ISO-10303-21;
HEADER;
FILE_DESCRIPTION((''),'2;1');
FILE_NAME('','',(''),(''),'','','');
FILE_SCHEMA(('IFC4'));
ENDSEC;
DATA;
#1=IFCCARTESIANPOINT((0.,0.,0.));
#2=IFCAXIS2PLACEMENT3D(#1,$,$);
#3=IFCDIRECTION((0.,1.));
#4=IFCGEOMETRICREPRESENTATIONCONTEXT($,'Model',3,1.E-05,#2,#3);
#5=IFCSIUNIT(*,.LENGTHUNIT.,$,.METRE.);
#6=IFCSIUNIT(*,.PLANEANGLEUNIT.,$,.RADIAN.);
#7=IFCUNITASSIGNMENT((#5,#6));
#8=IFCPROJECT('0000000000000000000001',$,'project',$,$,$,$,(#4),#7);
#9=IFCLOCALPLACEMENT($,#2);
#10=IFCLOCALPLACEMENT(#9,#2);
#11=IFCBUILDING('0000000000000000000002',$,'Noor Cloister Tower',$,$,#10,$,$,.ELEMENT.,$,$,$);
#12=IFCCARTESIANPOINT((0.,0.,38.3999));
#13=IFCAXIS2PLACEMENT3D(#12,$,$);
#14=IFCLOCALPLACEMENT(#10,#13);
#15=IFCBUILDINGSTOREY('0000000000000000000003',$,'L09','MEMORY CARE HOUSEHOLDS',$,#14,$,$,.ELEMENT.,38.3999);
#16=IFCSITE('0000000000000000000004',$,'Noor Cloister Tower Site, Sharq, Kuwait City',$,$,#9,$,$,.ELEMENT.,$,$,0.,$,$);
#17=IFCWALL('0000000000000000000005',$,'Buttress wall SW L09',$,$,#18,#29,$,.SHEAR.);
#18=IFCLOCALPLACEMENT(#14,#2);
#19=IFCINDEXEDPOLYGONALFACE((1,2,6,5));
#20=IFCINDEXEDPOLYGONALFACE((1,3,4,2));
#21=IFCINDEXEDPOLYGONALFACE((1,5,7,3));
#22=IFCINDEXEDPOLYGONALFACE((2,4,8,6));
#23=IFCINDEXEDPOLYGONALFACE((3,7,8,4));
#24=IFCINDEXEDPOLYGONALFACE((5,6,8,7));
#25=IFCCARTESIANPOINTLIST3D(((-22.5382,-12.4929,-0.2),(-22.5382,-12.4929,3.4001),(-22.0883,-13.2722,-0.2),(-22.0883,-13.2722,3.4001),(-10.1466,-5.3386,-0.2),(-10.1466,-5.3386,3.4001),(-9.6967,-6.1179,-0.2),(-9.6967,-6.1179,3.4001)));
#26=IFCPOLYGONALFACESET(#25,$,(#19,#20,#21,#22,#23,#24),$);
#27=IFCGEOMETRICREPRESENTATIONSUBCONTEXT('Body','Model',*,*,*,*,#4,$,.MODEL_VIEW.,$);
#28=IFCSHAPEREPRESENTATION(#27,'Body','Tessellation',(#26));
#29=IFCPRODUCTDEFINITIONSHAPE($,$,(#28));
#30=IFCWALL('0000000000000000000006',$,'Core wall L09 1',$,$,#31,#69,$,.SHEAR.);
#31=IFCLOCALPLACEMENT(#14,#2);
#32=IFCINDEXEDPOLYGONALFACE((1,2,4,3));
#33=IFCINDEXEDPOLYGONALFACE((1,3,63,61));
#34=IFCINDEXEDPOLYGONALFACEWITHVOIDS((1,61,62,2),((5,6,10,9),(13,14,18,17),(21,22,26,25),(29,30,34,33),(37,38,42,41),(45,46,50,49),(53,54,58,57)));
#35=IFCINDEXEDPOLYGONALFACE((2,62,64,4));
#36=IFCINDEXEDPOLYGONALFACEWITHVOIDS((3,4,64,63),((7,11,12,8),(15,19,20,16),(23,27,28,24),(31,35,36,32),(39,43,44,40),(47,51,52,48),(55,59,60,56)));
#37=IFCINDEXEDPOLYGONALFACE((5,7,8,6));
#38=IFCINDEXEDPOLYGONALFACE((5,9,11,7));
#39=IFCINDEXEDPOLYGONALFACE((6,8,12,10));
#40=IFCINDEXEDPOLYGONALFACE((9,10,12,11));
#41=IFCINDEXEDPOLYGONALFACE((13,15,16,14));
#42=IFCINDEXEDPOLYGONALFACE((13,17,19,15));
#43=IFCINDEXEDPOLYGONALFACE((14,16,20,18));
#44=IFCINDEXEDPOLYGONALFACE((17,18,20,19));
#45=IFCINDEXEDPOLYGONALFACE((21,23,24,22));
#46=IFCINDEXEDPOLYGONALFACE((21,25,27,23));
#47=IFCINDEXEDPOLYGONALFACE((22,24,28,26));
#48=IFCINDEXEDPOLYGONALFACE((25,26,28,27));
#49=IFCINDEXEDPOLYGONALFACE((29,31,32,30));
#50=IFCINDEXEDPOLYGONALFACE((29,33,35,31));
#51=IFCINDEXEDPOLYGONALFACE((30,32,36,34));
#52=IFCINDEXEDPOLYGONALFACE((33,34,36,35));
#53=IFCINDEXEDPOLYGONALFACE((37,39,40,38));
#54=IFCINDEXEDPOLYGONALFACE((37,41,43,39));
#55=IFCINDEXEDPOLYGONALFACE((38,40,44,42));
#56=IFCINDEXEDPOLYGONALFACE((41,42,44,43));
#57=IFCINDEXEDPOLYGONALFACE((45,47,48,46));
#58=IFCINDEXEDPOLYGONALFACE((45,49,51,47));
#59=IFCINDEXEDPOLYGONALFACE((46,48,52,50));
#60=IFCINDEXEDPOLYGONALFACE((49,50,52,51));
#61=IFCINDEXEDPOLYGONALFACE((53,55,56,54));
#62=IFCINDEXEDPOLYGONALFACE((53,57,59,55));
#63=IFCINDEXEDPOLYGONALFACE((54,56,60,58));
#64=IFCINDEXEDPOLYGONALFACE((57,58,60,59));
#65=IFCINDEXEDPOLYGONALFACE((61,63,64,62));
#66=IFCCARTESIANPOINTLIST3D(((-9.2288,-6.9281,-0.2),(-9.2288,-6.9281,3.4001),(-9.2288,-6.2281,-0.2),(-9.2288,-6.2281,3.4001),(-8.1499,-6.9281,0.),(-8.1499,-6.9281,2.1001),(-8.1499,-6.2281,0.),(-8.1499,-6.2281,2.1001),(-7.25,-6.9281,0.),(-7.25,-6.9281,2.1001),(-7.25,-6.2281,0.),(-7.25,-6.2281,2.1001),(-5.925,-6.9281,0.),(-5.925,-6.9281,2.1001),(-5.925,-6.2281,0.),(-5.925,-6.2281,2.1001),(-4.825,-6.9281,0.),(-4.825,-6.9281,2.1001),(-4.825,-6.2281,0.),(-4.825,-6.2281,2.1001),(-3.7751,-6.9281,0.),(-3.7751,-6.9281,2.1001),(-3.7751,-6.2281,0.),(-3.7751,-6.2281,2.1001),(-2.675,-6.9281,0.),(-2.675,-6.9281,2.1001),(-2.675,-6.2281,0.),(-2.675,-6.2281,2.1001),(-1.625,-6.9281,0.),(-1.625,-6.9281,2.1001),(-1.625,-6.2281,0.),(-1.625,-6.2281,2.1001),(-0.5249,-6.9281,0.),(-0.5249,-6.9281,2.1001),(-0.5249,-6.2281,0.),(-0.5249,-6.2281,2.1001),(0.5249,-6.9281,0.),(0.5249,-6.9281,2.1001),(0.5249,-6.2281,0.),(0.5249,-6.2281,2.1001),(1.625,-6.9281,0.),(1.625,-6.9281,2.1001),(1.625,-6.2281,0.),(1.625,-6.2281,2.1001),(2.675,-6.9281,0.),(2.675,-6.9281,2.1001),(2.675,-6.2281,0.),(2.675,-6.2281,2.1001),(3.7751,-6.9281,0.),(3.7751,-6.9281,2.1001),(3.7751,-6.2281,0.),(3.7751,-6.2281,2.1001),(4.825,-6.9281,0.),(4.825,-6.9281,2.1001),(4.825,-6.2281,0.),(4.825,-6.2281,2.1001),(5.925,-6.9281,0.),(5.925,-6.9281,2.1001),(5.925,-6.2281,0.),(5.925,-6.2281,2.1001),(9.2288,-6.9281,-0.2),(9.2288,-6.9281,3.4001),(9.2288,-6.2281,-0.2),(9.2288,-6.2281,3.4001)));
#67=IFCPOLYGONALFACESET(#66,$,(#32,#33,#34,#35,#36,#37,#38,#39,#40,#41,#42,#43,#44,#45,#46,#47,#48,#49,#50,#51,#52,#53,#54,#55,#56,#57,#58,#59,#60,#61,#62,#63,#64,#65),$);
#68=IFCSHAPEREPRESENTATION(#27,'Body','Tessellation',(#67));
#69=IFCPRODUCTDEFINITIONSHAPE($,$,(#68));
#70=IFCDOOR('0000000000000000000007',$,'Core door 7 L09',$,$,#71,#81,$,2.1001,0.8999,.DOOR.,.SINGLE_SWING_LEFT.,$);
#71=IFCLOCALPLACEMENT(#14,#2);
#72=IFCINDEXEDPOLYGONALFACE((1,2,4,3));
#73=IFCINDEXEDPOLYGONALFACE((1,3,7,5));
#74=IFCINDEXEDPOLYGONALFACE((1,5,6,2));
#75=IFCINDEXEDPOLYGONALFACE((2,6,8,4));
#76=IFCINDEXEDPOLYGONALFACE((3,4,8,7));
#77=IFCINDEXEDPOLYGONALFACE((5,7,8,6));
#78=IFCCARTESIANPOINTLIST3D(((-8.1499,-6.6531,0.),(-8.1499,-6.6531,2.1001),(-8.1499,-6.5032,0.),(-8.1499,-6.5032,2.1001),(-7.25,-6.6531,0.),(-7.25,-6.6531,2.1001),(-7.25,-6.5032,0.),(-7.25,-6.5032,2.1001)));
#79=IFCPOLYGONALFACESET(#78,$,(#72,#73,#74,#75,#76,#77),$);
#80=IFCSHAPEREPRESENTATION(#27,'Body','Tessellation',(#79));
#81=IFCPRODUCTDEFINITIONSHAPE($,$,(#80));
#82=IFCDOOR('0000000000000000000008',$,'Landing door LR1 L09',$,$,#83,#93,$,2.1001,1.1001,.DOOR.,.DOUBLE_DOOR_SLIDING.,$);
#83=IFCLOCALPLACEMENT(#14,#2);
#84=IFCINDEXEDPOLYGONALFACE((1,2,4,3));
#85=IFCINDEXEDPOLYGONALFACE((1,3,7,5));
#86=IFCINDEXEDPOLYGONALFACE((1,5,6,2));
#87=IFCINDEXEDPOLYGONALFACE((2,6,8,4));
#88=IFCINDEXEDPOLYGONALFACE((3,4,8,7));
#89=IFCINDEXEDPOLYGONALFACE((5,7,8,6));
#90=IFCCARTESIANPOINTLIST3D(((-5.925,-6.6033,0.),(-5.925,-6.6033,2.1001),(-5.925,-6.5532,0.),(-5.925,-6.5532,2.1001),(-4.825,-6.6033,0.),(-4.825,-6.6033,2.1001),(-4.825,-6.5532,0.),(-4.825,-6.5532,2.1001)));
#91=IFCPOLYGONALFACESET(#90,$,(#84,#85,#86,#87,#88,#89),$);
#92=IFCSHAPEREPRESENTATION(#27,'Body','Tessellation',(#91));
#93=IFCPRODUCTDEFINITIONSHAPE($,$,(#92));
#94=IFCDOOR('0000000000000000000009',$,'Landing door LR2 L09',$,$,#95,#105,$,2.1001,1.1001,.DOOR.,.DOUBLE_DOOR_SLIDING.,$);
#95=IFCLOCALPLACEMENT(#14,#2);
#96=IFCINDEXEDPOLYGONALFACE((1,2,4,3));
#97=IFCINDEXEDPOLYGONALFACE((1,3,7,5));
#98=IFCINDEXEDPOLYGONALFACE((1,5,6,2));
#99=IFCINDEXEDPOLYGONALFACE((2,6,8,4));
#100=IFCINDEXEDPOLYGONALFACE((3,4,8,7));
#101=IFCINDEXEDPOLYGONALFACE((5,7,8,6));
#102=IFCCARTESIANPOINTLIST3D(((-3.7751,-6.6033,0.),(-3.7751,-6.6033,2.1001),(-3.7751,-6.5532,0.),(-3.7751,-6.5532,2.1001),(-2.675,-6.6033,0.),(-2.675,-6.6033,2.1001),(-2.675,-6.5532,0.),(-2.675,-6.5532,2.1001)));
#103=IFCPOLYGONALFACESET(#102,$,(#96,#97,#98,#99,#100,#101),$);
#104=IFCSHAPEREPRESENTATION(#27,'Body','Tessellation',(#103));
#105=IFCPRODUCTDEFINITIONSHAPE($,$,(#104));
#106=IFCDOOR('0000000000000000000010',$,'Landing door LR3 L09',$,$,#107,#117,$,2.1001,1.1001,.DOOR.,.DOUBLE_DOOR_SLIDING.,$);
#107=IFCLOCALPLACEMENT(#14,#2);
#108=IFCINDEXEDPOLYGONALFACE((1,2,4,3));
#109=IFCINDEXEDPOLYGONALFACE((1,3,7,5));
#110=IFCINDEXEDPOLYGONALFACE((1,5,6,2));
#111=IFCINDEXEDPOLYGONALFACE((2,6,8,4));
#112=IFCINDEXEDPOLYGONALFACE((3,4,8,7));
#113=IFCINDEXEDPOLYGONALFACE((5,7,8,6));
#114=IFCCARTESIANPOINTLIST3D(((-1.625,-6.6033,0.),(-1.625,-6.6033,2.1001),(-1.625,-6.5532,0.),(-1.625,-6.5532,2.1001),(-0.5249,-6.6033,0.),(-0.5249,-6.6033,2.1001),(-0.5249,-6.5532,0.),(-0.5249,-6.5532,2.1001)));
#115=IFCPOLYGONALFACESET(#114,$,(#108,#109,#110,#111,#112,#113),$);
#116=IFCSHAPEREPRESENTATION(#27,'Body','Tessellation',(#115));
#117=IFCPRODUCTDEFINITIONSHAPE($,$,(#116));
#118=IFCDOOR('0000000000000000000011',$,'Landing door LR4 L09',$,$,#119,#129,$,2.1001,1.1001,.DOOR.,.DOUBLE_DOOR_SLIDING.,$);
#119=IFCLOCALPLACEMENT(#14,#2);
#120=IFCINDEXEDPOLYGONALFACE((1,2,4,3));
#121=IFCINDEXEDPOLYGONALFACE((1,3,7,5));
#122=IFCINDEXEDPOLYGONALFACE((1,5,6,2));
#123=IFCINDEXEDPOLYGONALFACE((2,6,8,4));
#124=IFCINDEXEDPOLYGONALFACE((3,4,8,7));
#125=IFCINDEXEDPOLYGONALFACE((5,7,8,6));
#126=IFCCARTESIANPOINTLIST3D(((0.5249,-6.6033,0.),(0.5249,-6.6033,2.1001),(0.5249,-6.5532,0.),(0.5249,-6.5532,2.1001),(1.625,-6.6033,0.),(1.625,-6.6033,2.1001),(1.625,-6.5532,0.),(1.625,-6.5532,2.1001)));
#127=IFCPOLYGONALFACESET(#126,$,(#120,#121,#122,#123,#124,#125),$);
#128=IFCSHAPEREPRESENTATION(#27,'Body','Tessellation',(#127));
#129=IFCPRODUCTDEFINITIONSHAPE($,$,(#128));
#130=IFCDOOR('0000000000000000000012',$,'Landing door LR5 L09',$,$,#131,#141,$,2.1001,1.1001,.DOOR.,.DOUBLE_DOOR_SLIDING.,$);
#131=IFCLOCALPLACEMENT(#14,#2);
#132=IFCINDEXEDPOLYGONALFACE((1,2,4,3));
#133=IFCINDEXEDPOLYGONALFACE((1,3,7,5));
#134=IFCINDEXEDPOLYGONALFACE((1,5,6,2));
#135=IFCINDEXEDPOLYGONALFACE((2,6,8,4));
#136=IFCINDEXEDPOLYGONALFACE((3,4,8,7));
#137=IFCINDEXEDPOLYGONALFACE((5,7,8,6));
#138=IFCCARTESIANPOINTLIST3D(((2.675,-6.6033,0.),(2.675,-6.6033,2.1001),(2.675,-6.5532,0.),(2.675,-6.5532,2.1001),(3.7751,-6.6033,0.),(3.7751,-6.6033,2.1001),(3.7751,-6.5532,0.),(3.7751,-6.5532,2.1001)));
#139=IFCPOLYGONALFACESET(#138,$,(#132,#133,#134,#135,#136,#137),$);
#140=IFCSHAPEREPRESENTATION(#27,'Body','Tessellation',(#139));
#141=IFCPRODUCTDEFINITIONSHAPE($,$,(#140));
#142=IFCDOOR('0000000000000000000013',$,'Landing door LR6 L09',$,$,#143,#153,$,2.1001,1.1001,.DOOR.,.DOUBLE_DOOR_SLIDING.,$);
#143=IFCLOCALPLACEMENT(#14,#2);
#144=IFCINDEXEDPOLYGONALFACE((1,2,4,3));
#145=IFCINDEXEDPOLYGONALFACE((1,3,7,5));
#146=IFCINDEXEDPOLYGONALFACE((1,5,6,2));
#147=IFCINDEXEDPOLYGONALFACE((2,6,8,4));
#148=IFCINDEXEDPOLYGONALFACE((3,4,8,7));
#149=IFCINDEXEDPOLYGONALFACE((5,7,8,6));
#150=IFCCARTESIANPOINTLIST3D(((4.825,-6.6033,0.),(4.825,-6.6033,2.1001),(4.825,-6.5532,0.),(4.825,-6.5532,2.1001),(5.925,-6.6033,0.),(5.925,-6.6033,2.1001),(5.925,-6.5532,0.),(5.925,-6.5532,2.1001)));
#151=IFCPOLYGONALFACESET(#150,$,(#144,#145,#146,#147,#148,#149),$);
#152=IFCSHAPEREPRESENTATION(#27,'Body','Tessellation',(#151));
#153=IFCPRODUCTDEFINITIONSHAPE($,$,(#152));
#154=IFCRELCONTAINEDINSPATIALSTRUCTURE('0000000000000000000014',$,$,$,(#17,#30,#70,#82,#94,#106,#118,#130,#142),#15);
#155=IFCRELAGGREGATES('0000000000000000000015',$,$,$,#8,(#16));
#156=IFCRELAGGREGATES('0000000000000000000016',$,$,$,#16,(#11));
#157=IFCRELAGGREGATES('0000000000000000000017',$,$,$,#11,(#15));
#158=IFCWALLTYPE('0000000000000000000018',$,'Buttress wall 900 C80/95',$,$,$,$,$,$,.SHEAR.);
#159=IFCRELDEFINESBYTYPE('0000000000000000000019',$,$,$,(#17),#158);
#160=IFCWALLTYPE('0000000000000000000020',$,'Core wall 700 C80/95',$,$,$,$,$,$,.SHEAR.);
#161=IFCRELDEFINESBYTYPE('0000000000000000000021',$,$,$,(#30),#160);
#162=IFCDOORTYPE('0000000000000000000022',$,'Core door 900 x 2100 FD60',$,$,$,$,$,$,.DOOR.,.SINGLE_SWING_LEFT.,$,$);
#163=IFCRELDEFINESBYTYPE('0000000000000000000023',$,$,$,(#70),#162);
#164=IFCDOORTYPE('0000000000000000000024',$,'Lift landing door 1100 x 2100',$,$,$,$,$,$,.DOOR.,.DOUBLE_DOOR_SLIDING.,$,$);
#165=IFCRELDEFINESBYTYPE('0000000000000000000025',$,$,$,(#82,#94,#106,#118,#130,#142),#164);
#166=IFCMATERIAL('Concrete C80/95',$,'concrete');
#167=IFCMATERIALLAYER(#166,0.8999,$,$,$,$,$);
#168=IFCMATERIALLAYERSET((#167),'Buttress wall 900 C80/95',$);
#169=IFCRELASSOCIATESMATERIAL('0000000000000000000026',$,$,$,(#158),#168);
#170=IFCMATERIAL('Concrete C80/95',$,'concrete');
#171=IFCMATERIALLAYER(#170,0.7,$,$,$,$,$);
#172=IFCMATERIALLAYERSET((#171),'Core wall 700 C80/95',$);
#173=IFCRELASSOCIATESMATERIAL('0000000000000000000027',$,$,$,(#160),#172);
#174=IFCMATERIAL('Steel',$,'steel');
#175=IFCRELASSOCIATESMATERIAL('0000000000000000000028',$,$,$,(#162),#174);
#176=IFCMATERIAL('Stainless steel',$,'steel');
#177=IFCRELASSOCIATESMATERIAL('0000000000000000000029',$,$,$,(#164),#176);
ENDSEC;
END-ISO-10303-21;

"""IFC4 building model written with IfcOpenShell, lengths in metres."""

from ifc_helpers import new_model, si_unit, direction, frame, frame_2d, origin, place, context, subcontext, project, spatial, rectangle, extrude, material, layer, layer_set, type_object, element, fill, save


model = new_model("IFC4")

# Units and contexts
model_context = context("Model", 3, precision=1e-05, world=origin(), true_north=direction((0.0, 1.0)))
body_context = subcontext(model_context, "Body", "Model", "MODEL_VIEW")
ifc_project = project(units=[si_unit("LENGTHUNIT", "METRE"), si_unit("PLANEANGLEUNIT", "RADIAN")], contexts=[model_context])

# Site, building, storey
site_placement = place(None, origin())
site = spatial("IfcSite", under=ifc_project, at=site_placement, Name="Noor Cloister Tower Site, Sharq, Kuwait City", CompositionType="ELEMENT", RefElevation=0.0)
building_placement = place(site_placement, origin())
building = spatial("IfcBuilding", under=site, at=building_placement, Name="Noor Cloister Tower", CompositionType="ELEMENT")
storey_placement = place(building_placement, frame((0.0, 0.0, 38.3999)))
storey = spatial("IfcBuildingStorey", under=building, at=storey_placement, Name="L09", Description="MEMORY CARE HOUSEHOLDS", CompositionType="ELEMENT", Elevation=38.3999)

# Wall
ifc_material_1 = material(Name="Concrete C80/95", Category="concrete")
ifc_layer_1 = layer(ifc_material_1, 0.8999)
ifc_layer_set_1 = layer_set([ifc_layer_1], Name="Buttress wall 900 C80/95")
wall_type_1 = type_object("IfcWallType", Name="Buttress wall 900 C80/95", PredefinedType="SHEAR", material=ifc_layer_set_1)
wall_1_placement = place(storey_placement, frame((-9.9216, -5.7283, -0.2), z_axis=(0.0, 0.0, 1.0), x_axis=(-0.866025, -0.5, 0.0)))
element("IfcWall", 1, at=wall_1_placement, inside=storey, type_object=wall_type_1, Name="Buttress wall SW L09", PredefinedType="SHEAR", context=body_context, shape_type="SweptSolid", body=[
    extrude(rectangle(XDim=14.3086, YDim=0.8999, at=frame_2d((7.1543, 0.0))), origin(), (0.0, 0.0, 1.0), 3.6001),
])

# Wall, openings, doors
ifc_material_2 = material(Name="Concrete C80/95", Category="concrete")
ifc_layer_2 = layer(ifc_material_2, 0.7)
ifc_layer_set_2 = layer_set([ifc_layer_2], Name="Core wall 700 C80/95")
wall_type_2 = type_object("IfcWallType", Name="Core wall 700 C80/95", PredefinedType="SHEAR", material=ifc_layer_set_2)
wall_2_placement = place(storey_placement, frame((-9.2288, -6.5781, -0.2), z_axis=(0.0, 0.0, 1.0), x_axis=(1.0, 0.0, 0.0)))
wall_2 = element("IfcWall", 2, at=wall_2_placement, inside=storey, type_object=wall_type_2, Name="Core wall L09 1", PredefinedType="SHEAR", context=body_context, shape_type="SweptSolid", body=[
    extrude(rectangle(XDim=18.4575, YDim=0.7, at=frame_2d((9.2288, 0.0))), origin(), (0.0, 0.0, 1.0), 3.6001),
])
opening_1_placement = place(wall_2_placement, frame((3.3037, 0.0, 0.2)))
opening_1 = element("IfcOpeningElement", 3, at=opening_1_placement, cuts=wall_2, PredefinedType="OPENING", context=body_context, shape_type="SweptSolid", body=[
    extrude(rectangle(XDim=1.1001, YDim=2.1001, at=frame_2d((0.55, 1.05))), frame((0.0, 0.3599, 0.0), z_axis=(0.0, -1.0, 0.0), x_axis=(1.0, 0.0, 0.0)), (0.0, 0.0, 1.0), 0.72),
])
opening_2_placement = place(wall_2_placement, frame((5.4536, 0.0, 0.2)))
opening_2 = element("IfcOpeningElement", 4, at=opening_2_placement, cuts=wall_2, PredefinedType="OPENING", context=body_context, shape_type="SweptSolid", body=[
    extrude(rectangle(XDim=1.1001, YDim=2.1001, at=frame_2d((0.55, 1.05))), frame((0.0, 0.3599, 0.0), z_axis=(0.0, -1.0, 0.0), x_axis=(1.0, 0.0, 0.0)), (0.0, 0.0, 1.0), 0.72),
])
opening_3_placement = place(wall_2_placement, frame((7.6038, 0.0, 0.2)))
opening_3 = element("IfcOpeningElement", 5, at=opening_3_placement, cuts=wall_2, PredefinedType="OPENING", context=body_context, shape_type="SweptSolid", body=[
    extrude(rectangle(XDim=1.1001, YDim=2.1001, at=frame_2d((0.55, 1.05))), frame((0.0, 0.3599, 0.0), z_axis=(0.0, -1.0, 0.0), x_axis=(1.0, 0.0, 0.0)), (0.0, 0.0, 1.0), 0.72),
])
opening_4_placement = place(wall_2_placement, frame((9.7537, 0.0, 0.2)))
opening_4 = element("IfcOpeningElement", 6, at=opening_4_placement, cuts=wall_2, PredefinedType="OPENING", context=body_context, shape_type="SweptSolid", body=[
    extrude(rectangle(XDim=1.1001, YDim=2.1001, at=frame_2d((0.55, 1.05))), frame((0.0, 0.3599, 0.0), z_axis=(0.0, -1.0, 0.0), x_axis=(1.0, 0.0, 0.0)), (0.0, 0.0, 1.0), 0.72),
])
opening_5_placement = place(wall_2_placement, frame((11.9038, 0.0, 0.2)))
opening_5 = element("IfcOpeningElement", 7, at=opening_5_placement, cuts=wall_2, PredefinedType="OPENING", context=body_context, shape_type="SweptSolid", body=[
    extrude(rectangle(XDim=1.1001, YDim=2.1001, at=frame_2d((0.55, 1.05))), frame((0.0, 0.3599, 0.0), z_axis=(0.0, -1.0, 0.0), x_axis=(1.0, 0.0, 0.0)), (0.0, 0.0, 1.0), 0.72),
])
opening_6_placement = place(wall_2_placement, frame((14.0537, 0.0, 0.2)))
opening_6 = element("IfcOpeningElement", 8, at=opening_6_placement, cuts=wall_2, PredefinedType="OPENING", context=body_context, shape_type="SweptSolid", body=[
    extrude(rectangle(XDim=1.1001, YDim=2.1001, at=frame_2d((0.55, 1.05))), frame((0.0, 0.3599, 0.0), z_axis=(0.0, -1.0, 0.0), x_axis=(1.0, 0.0, 0.0)), (0.0, 0.0, 1.0), 0.72),
])
opening_7_placement = place(wall_2_placement, frame((1.0789, 0.0, 0.2)))
opening_7 = element("IfcOpeningElement", 9, at=opening_7_placement, cuts=wall_2, PredefinedType="OPENING", context=body_context, shape_type="SweptSolid", body=[
    extrude(rectangle(XDim=0.8999, YDim=2.1001, at=frame_2d((0.45, 1.05))), frame((0.0, 0.3599, 0.0), z_axis=(0.0, -1.0, 0.0), x_axis=(1.0, 0.0, 0.0)), (0.0, 0.0, 1.0), 0.72),
])
ifc_material_3 = material(Name="Steel", Category="steel")
door_type_1 = type_object("IfcDoorType", Name="Core door 900 x 2100 FD60", OperationType="SINGLE_SWING_LEFT", PredefinedType="DOOR", material=ifc_material_3)
door_1_placement = place(opening_7_placement, origin())
door_1 = element("IfcDoor", 10, at=door_1_placement, inside=storey, type_object=door_type_1, Name="Core door 7 L09", OperationType="SINGLE_SWING_LEFT", OverallHeight=2.1001, OverallWidth=0.8999, PredefinedType="DOOR", context=body_context, shape_type="SweptSolid", body=[
    extrude(rectangle(XDim=0.8999, YDim=2.1001, at=frame_2d((0.45, 1.05))), frame((0.0, 0.075, 0.0), z_axis=(0.0, -1.0, 0.0), x_axis=(1.0, 0.0, 0.0)), (0.0, 0.0, 1.0), 0.1499),
])
fill(opening_7, door_1)
ifc_material_4 = material(Name="Stainless steel", Category="steel")
door_type_2 = type_object("IfcDoorType", Name="Lift landing door 1100 x 2100", OperationType="DOUBLE_DOOR_SLIDING", PredefinedType="DOOR", material=ifc_material_4)
door_2_placement = place(opening_1_placement, origin())
door_2 = element("IfcDoor", 11, at=door_2_placement, inside=storey, type_object=door_type_2, Name="Landing door LR1 L09", OperationType="DOUBLE_DOOR_SLIDING", OverallHeight=2.1001, OverallWidth=1.1001, PredefinedType="DOOR", context=body_context, shape_type="SweptSolid", body=[
    extrude(rectangle(XDim=1.1001, YDim=2.1001, at=frame_2d((0.55, 1.05))), frame((0.0, 0.0249, 0.0), z_axis=(0.0, -1.0, 0.0), x_axis=(1.0, 0.0, 0.0)), (0.0, 0.0, 1.0), 0.05),
])
fill(opening_1, door_2)
door_3_placement = place(opening_2_placement, origin())
door_3 = element("IfcDoor", 12, at=door_3_placement, inside=storey, type_object=door_type_2, Name="Landing door LR2 L09", OperationType="DOUBLE_DOOR_SLIDING", OverallHeight=2.1001, OverallWidth=1.1001, PredefinedType="DOOR", context=body_context, shape_type="SweptSolid", body=[
    extrude(rectangle(XDim=1.1001, YDim=2.1001, at=frame_2d((0.55, 1.05))), frame((0.0, 0.0249, 0.0), z_axis=(0.0, -1.0, 0.0), x_axis=(1.0, 0.0, 0.0)), (0.0, 0.0, 1.0), 0.05),
])
fill(opening_2, door_3)
door_4_placement = place(opening_3_placement, origin())
door_4 = element("IfcDoor", 13, at=door_4_placement, inside=storey, type_object=door_type_2, Name="Landing door LR3 L09", OperationType="DOUBLE_DOOR_SLIDING", OverallHeight=2.1001, OverallWidth=1.1001, PredefinedType="DOOR", context=body_context, shape_type="SweptSolid", body=[
    extrude(rectangle(XDim=1.1001, YDim=2.1001, at=frame_2d((0.55, 1.05))), frame((0.0, 0.0249, 0.0), z_axis=(0.0, -1.0, 0.0), x_axis=(1.0, 0.0, 0.0)), (0.0, 0.0, 1.0), 0.05),
])
fill(opening_3, door_4)
door_5_placement = place(opening_4_placement, origin())
door_5 = element("IfcDoor", 14, at=door_5_placement, inside=storey, type_object=door_type_2, Name="Landing door LR4 L09", OperationType="DOUBLE_DOOR_SLIDING", OverallHeight=2.1001, OverallWidth=1.1001, PredefinedType="DOOR", context=body_context, shape_type="SweptSolid", body=[
    extrude(rectangle(XDim=1.1001, YDim=2.1001, at=frame_2d((0.55, 1.05))), frame((0.0, 0.0249, 0.0), z_axis=(0.0, -1.0, 0.0), x_axis=(1.0, 0.0, 0.0)), (0.0, 0.0, 1.0), 0.05),
])
fill(opening_4, door_5)
door_6_placement = place(opening_5_placement, origin())
door_6 = element("IfcDoor", 15, at=door_6_placement, inside=storey, type_object=door_type_2, Name="Landing door LR5 L09", OperationType="DOUBLE_DOOR_SLIDING", OverallHeight=2.1001, OverallWidth=1.1001, PredefinedType="DOOR", context=body_context, shape_type="SweptSolid", body=[
    extrude(rectangle(XDim=1.1001, YDim=2.1001, at=frame_2d((0.55, 1.05))), frame((0.0, 0.0249, 0.0), z_axis=(0.0, -1.0, 0.0), x_axis=(1.0, 0.0, 0.0)), (0.0, 0.0, 1.0), 0.05),
])
fill(opening_5, door_6)
door_7_placement = place(opening_6_placement, origin())
door_7 = element("IfcDoor", 16, at=door_7_placement, inside=storey, type_object=door_type_2, Name="Landing door LR6 L09", OperationType="DOUBLE_DOOR_SLIDING", OverallHeight=2.1001, OverallWidth=1.1001, PredefinedType="DOOR", context=body_context, shape_type="SweptSolid", body=[
    extrude(rectangle(XDim=1.1001, YDim=2.1001, at=frame_2d((0.55, 1.05))), frame((0.0, 0.0249, 0.0), z_axis=(0.0, -1.0, 0.0), x_axis=(1.0, 0.0, 0.0)), (0.0, 0.0, 1.0), 0.05),
])
fill(opening_6, door_7)

save(model, "model.ifc")
